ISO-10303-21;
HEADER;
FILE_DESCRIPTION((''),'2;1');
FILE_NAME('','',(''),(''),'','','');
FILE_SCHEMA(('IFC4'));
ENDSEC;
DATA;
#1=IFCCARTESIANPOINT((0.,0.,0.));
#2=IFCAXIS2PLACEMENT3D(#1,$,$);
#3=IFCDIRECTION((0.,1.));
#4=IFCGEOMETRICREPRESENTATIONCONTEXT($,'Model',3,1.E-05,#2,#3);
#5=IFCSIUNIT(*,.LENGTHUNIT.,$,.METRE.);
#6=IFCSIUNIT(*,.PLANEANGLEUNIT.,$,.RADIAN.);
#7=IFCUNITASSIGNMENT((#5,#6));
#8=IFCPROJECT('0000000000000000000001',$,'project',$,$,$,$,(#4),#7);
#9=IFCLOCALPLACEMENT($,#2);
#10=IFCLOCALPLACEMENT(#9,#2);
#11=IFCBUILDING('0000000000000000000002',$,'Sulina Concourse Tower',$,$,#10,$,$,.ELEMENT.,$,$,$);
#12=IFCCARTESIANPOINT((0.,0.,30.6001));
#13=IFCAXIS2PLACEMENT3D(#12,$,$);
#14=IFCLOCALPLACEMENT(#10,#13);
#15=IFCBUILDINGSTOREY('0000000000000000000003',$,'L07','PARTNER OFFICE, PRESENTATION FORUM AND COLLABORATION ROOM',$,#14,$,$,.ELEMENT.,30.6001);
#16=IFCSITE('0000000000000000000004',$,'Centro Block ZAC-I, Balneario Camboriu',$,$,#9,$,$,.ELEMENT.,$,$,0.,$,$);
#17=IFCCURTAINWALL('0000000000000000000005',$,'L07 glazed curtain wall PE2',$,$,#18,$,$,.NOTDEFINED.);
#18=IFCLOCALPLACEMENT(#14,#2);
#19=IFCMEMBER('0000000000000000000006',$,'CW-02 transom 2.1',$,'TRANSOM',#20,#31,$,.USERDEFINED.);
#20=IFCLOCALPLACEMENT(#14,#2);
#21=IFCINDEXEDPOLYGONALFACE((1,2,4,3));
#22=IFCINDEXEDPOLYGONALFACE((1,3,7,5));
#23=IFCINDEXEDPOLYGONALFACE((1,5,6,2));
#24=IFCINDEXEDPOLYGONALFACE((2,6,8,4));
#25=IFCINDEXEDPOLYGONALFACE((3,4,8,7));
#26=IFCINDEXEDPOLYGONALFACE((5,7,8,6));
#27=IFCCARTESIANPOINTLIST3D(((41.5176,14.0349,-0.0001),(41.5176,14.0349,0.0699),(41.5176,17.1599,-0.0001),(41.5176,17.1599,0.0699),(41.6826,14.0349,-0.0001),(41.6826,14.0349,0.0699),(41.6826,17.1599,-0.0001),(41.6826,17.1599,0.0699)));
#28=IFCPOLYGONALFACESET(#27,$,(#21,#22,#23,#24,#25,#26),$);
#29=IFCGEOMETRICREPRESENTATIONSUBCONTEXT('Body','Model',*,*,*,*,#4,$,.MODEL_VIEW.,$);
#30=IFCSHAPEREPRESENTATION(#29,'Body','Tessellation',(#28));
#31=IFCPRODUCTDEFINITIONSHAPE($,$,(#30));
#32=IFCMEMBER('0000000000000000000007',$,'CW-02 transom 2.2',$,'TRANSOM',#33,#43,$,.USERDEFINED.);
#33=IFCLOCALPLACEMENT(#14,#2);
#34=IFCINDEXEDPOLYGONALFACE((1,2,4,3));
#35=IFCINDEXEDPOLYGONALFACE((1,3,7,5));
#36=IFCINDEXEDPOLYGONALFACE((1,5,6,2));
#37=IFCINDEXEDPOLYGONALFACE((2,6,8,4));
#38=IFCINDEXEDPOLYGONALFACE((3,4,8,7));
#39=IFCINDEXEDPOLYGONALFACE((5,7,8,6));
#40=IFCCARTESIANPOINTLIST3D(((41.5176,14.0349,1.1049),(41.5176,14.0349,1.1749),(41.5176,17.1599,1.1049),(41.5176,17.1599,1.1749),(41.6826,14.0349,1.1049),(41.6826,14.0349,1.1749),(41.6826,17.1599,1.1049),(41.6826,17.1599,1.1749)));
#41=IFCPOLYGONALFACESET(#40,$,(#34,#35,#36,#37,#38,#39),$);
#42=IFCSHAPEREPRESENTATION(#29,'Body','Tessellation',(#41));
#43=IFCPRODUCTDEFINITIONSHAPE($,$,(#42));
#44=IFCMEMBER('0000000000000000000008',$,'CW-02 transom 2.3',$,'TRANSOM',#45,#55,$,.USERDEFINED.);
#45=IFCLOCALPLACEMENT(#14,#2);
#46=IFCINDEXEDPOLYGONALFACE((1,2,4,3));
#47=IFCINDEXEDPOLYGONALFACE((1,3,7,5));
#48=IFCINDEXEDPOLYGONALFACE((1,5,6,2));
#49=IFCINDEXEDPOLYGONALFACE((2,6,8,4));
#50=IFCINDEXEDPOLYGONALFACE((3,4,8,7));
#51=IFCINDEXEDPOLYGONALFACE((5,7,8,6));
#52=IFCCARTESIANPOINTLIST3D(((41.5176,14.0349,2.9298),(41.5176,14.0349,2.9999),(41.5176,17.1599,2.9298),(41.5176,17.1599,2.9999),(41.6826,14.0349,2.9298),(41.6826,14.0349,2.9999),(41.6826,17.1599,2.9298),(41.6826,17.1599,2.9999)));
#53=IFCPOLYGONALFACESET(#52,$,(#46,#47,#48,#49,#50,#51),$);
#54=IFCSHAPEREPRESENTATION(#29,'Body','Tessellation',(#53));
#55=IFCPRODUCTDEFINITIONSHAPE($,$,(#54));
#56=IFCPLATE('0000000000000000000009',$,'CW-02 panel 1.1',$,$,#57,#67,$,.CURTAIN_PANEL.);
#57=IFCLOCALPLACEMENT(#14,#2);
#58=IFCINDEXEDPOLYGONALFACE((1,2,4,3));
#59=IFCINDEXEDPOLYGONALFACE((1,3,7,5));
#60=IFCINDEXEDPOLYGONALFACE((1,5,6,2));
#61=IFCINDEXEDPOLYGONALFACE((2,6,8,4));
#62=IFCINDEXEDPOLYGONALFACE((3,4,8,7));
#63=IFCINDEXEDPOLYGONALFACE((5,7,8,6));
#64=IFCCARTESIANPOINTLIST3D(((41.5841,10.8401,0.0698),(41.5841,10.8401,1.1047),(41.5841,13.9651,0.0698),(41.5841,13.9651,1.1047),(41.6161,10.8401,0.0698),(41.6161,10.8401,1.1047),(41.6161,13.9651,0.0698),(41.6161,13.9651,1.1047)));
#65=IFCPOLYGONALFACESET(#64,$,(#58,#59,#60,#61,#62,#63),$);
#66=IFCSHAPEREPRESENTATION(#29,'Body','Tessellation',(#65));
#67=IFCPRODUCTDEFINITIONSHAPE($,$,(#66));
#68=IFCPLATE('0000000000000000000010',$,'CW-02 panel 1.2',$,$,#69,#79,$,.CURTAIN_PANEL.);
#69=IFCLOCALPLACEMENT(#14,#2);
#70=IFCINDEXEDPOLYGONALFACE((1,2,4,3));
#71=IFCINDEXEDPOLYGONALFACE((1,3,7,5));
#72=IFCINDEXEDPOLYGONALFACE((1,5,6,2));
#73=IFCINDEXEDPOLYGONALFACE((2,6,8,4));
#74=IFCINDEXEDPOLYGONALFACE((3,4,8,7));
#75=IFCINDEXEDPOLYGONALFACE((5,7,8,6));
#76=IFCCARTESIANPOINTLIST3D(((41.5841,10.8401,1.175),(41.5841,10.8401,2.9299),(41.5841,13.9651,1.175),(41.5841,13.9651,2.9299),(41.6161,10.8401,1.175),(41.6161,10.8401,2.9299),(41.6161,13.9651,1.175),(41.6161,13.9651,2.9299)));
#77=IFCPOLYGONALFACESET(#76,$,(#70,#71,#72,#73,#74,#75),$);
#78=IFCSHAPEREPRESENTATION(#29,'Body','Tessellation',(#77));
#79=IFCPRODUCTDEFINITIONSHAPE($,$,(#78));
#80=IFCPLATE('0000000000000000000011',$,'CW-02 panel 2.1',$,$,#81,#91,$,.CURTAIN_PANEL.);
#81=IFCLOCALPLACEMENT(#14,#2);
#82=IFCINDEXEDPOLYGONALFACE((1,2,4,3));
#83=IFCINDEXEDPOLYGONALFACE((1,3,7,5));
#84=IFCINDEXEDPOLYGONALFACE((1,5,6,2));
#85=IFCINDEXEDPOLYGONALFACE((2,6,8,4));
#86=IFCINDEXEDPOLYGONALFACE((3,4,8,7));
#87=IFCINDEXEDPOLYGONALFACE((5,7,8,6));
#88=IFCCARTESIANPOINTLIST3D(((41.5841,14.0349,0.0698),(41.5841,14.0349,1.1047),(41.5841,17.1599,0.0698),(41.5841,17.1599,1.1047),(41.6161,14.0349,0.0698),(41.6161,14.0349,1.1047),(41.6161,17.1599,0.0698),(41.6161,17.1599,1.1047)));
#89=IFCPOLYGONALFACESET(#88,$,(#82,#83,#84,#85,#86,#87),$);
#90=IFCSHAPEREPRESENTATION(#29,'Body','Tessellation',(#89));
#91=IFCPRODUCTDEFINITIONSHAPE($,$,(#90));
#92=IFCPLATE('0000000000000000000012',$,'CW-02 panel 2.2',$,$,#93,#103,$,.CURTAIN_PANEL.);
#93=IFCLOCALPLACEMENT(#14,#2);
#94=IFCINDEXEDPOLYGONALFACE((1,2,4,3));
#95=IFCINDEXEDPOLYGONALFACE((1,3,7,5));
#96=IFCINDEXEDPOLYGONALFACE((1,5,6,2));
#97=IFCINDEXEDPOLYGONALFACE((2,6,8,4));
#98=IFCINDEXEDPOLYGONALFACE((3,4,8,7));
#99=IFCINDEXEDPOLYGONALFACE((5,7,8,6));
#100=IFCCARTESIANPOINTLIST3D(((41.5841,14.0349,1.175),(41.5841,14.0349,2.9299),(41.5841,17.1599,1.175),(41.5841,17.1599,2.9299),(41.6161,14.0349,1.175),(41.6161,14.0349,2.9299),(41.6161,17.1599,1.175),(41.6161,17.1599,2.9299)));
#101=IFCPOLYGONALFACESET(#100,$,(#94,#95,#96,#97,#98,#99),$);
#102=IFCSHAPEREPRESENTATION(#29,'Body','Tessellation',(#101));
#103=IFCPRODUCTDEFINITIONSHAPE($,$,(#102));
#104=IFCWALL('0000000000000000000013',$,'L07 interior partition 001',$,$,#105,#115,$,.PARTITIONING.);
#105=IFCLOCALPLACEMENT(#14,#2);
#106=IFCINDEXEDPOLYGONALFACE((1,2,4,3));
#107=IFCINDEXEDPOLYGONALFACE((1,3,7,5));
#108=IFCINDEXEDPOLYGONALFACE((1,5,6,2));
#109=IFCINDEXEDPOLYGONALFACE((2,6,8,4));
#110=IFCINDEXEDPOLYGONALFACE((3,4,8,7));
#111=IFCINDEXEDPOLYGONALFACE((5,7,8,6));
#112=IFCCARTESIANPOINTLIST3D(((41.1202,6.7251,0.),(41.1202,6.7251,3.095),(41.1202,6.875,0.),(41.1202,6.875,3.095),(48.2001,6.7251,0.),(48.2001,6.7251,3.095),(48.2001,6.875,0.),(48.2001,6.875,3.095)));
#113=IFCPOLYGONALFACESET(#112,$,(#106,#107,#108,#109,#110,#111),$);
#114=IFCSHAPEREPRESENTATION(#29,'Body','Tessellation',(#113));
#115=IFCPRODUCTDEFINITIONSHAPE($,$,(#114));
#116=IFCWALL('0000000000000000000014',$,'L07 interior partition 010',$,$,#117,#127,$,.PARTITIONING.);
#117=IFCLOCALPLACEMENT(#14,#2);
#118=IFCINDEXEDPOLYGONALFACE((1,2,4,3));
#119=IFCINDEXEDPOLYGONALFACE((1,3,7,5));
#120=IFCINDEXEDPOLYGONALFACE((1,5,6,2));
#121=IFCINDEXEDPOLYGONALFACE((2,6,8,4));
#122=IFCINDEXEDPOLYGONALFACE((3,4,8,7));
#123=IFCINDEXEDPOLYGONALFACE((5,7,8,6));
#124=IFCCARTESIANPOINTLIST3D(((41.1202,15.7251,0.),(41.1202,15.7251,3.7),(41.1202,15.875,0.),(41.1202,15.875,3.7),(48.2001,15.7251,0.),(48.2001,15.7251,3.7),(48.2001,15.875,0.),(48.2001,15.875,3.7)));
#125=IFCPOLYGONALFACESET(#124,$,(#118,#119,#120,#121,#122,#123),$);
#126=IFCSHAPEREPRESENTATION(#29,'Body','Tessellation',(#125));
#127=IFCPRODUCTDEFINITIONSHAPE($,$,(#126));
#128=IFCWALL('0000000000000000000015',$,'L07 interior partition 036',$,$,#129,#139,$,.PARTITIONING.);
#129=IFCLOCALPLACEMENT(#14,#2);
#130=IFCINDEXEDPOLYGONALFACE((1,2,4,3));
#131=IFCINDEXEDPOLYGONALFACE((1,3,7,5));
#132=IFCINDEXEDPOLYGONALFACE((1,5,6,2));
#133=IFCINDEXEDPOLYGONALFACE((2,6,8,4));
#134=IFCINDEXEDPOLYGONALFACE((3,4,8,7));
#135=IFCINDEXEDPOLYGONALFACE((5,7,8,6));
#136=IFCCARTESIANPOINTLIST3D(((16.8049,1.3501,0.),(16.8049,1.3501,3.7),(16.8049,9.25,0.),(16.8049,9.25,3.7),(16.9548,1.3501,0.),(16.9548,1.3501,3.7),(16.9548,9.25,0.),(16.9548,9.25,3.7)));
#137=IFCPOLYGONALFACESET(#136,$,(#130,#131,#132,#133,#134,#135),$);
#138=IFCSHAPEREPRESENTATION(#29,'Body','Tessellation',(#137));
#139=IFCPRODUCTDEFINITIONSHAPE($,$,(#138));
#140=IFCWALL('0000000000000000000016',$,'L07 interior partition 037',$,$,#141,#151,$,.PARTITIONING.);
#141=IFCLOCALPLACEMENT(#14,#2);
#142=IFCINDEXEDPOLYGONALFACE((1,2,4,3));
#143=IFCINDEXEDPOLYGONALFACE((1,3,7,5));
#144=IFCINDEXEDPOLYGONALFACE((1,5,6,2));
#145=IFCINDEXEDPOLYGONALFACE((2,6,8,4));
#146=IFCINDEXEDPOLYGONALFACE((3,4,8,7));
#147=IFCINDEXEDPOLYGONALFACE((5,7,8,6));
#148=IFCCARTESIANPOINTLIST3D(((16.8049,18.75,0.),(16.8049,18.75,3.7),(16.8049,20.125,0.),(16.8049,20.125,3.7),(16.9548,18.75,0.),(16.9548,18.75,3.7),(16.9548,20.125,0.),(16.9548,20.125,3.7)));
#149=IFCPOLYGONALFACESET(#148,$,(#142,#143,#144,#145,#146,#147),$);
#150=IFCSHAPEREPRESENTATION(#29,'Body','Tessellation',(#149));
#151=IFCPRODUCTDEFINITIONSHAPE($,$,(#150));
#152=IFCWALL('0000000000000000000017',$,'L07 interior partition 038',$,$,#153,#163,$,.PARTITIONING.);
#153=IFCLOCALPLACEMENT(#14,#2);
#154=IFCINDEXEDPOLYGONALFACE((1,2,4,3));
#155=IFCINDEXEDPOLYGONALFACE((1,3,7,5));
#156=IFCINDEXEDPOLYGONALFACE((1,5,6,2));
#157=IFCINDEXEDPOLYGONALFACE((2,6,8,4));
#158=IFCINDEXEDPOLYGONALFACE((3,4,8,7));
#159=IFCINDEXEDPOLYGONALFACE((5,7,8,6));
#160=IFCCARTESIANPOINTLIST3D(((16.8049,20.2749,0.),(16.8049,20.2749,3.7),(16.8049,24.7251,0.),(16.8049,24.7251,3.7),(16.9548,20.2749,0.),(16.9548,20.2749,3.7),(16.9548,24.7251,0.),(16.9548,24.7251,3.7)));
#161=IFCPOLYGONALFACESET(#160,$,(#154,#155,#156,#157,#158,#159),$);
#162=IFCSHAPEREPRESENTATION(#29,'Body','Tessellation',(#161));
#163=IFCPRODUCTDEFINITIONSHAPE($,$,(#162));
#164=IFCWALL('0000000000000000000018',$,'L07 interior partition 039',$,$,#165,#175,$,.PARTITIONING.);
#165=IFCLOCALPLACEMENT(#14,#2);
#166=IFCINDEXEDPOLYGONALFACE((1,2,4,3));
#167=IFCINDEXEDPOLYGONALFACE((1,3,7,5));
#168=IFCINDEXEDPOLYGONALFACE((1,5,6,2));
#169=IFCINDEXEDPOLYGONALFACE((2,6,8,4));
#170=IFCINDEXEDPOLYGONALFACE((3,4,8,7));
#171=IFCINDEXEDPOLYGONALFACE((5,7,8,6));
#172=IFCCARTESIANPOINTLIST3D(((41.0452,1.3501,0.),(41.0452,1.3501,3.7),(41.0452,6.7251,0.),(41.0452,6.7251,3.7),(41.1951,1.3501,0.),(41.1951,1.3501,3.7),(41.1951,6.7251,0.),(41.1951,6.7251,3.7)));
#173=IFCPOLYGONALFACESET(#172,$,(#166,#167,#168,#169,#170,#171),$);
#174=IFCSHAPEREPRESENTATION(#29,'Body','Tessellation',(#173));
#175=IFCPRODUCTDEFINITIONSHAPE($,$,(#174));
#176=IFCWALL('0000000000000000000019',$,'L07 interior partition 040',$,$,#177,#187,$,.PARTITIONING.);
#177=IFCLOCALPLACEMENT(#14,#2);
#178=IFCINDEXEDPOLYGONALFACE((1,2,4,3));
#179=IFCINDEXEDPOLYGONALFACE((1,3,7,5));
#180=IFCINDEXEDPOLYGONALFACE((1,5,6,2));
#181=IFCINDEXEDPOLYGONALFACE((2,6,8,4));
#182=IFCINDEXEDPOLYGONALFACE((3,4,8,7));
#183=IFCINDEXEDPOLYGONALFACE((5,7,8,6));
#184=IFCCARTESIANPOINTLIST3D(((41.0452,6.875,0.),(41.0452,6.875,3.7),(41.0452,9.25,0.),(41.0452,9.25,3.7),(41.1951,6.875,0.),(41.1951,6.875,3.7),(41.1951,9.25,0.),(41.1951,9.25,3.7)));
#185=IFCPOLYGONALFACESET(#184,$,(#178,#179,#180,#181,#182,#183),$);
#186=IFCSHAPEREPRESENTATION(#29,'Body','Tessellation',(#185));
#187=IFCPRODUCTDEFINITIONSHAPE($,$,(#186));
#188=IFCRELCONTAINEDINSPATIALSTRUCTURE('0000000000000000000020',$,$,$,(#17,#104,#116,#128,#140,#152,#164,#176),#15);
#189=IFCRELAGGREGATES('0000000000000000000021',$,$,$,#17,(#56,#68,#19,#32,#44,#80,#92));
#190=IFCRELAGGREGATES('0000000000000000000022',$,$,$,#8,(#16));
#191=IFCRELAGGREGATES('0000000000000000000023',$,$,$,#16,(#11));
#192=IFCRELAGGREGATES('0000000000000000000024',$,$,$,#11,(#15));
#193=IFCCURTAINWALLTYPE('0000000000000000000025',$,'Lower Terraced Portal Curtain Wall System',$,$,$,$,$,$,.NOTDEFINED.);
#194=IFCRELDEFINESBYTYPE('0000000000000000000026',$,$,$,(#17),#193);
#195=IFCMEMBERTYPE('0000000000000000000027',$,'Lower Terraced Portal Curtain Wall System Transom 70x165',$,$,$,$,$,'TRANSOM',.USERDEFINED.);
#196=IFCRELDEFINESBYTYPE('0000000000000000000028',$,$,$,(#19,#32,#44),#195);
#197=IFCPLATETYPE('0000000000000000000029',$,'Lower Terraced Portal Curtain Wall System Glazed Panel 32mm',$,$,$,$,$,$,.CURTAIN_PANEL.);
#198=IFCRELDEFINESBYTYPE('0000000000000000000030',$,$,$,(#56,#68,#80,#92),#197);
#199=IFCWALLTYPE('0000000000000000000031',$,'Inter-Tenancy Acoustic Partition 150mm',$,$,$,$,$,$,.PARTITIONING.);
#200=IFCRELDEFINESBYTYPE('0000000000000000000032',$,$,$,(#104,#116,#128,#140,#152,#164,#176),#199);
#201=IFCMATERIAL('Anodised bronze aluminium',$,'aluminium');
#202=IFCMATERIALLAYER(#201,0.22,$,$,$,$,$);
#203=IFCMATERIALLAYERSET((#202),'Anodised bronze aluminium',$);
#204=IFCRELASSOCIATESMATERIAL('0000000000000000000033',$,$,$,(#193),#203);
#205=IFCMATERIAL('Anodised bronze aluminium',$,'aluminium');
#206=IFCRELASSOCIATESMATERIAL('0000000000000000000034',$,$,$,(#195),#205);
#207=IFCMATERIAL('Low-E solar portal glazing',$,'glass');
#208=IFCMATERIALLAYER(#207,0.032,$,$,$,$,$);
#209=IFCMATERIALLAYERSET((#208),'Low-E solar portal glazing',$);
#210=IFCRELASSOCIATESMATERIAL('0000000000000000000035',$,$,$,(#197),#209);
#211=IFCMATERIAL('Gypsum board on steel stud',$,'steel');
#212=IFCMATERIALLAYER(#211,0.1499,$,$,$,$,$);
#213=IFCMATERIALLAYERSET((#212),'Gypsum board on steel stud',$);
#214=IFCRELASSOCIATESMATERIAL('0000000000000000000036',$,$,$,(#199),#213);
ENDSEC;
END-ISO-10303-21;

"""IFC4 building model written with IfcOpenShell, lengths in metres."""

from ifc_helpers import new_model, si_unit, direction, frame, frame_2d, origin, origin_2d, place, context, subcontext, project, spatial, rectangle, extrude, material, layer, layer_set, material_profile, profile_set, type_object, element, aggregate, save


model = new_model("IFC4")

# Units and contexts
model_context = context("Model", 3, precision=1e-05, world=origin(), true_north=direction((0.0, 1.0)))
body_context = subcontext(model_context, "Body", "Model", "MODEL_VIEW")
ifc_project = project(units=[si_unit("LENGTHUNIT", "METRE"), si_unit("PLANEANGLEUNIT", "RADIAN")], contexts=[model_context])

# Site, building, storey
site_placement = place(None, origin())
site = spatial("IfcSite", under=ifc_project, at=site_placement, Name="Centro Block ZAC-I, Balneario Camboriu", CompositionType="ELEMENT", RefElevation=0.0)
building_placement = place(site_placement, origin())
building = spatial("IfcBuilding", under=site, at=building_placement, Name="Sulina Concourse Tower", CompositionType="ELEMENT")
storey_placement = place(building_placement, frame((0.0, 0.0, 30.6001)))
storey = spatial("IfcBuildingStorey", under=building, at=storey_placement, Name="L07", Description="PARTNER OFFICE, PRESENTATION FORUM AND COLLABORATION ROOM", CompositionType="ELEMENT", Elevation=30.6001)

# Curtain wall, members, plates
ifc_material_1 = material(Name="Anodised bronze aluminium", Category="aluminium")
ifc_layer_1 = layer(ifc_material_1, 0.22)
ifc_layer_set_1 = layer_set([ifc_layer_1], Name="Anodised bronze aluminium")
curtain_wall_type = type_object("IfcCurtainWallType", Name="Lower Terraced Portal Curtain Wall System", PredefinedType="NOTDEFINED", material=ifc_layer_set_1)
curtain_wall_placement = place(storey_placement, origin())
curtain_wall = element("IfcCurtainWall", 1, at=curtain_wall_placement, inside=storey, type_object=curtain_wall_type, Name="L07 glazed curtain wall PE2", PredefinedType="NOTDEFINED")
ifc_material_2 = material(Name="Anodised bronze aluminium", Category="aluminium")
ifc_material_profile_1 = material_profile(ifc_material_2, rectangle(XDim=0.165, YDim=0.0701, at=origin_2d()), Name="TRN 70x165")
ifc_profile_set_1 = profile_set([ifc_material_profile_1], Name="Anodised bronze aluminium")
member_type_1 = type_object("IfcMemberType", Name="Lower Terraced Portal Curtain Wall System Transom 70x165", ElementType="TRANSOM", PredefinedType="USERDEFINED", material=ifc_profile_set_1)
member_1_placement = place(storey_placement, frame((41.6001, 14.0349, 0.0349), z_axis=(0.0, 1.0, 0.0), x_axis=(-1.0, 0.0, 0.0)))
member_1 = element("IfcMember", 2, at=member_1_placement, type_object=member_type_1, Name="CW-02 transom 2.1", ObjectType="TRANSOM", PredefinedType="USERDEFINED", context=body_context, shape_type="SweptSolid", body=[
    extrude(rectangle(XDim=0.165, YDim=0.0701, at=origin_2d()), origin(), (0.0, 0.0, 1.0), 3.125),
])
member_2_placement = place(storey_placement, frame((41.6001, 14.0349, 1.1399), z_axis=(0.0, 1.0, 0.0), x_axis=(-1.0, 0.0, 0.0)))
member_2 = element("IfcMember", 3, at=member_2_placement, type_object=member_type_1, Name="CW-02 transom 2.2", ObjectType="TRANSOM", PredefinedType="USERDEFINED", context=body_context, shape_type="SweptSolid", body=[
    extrude(rectangle(XDim=0.165, YDim=0.0701, at=origin_2d()), origin(), (0.0, 0.0, 1.0), 3.125),
])
member_3_placement = place(storey_placement, frame((41.6001, 14.0349, 2.9648), z_axis=(0.0, 1.0, 0.0), x_axis=(-1.0, 0.0, 0.0)))
member_3 = element("IfcMember", 4, at=member_3_placement, type_object=member_type_1, Name="CW-02 transom 2.3", ObjectType="TRANSOM", PredefinedType="USERDEFINED", context=body_context, shape_type="SweptSolid", body=[
    extrude(rectangle(XDim=0.165, YDim=0.0701, at=origin_2d()), origin(), (0.0, 0.0, 1.0), 3.125),
])
ifc_material_3 = material(Name="Low-E solar portal glazing", Category="glass")
ifc_layer_2 = layer(ifc_material_3, 0.032)
ifc_layer_set_2 = layer_set([ifc_layer_2], Name="Low-E solar portal glazing")
plate_type = type_object("IfcPlateType", Name="Lower Terraced Portal Curtain Wall System Glazed Panel 32mm", PredefinedType="CURTAIN_PANEL", material=ifc_layer_set_2)
plate_1_placement = place(storey_placement, frame((41.6001, 12.4026, 0.0698), z_axis=(0.0, 0.0, 1.0), x_axis=(0.0, 1.0, 0.0)))
plate_1 = element("IfcPlate", 5, at=plate_1_placement, type_object=plate_type, Name="CW-02 panel 1.1", PredefinedType="CURTAIN_PANEL", context=body_context, shape_type="SweptSolid", body=[
    extrude(rectangle(XDim=3.125, YDim=0.032, at=origin_2d()), origin(), (0.0, 0.0, 1.0), 1.0349),
])
plate_2_placement = place(storey_placement, frame((41.6001, 12.4026, 1.175), z_axis=(0.0, 0.0, 1.0), x_axis=(0.0, 1.0, 0.0)))
plate_2 = element("IfcPlate", 6, at=plate_2_placement, type_object=plate_type, Name="CW-02 panel 1.2", PredefinedType="CURTAIN_PANEL", context=body_context, shape_type="SweptSolid", body=[
    extrude(rectangle(XDim=3.125, YDim=0.032, at=origin_2d()), origin(), (0.0, 0.0, 1.0), 1.7549),
])
plate_3_placement = place(storey_placement, frame((41.6001, 15.5974, 0.0698), z_axis=(0.0, 0.0, 1.0), x_axis=(0.0, 1.0, 0.0)))
plate_3 = element("IfcPlate", 7, at=plate_3_placement, type_object=plate_type, Name="CW-02 panel 2.1", PredefinedType="CURTAIN_PANEL", context=body_context, shape_type="SweptSolid", body=[
    extrude(rectangle(XDim=3.125, YDim=0.032, at=origin_2d()), origin(), (0.0, 0.0, 1.0), 1.0349),
])
plate_4_placement = place(storey_placement, frame((41.6001, 15.5974, 1.175), z_axis=(0.0, 0.0, 1.0), x_axis=(0.0, 1.0, 0.0)))
plate_4 = element("IfcPlate", 8, at=plate_4_placement, type_object=plate_type, Name="CW-02 panel 2.2", PredefinedType="CURTAIN_PANEL", context=body_context, shape_type="SweptSolid", body=[
    extrude(rectangle(XDim=3.125, YDim=0.032, at=origin_2d()), origin(), (0.0, 0.0, 1.0), 1.7549),
])
aggregate(curtain_wall, [plate_1, plate_2, member_1, member_2, member_3, plate_3, plate_4])

# Walls
ifc_material_4 = material(Name="Gypsum board on steel stud", Category="steel")
ifc_layer_3 = layer(ifc_material_4, 0.1499)
ifc_layer_set_3 = layer_set([ifc_layer_3], Name="Gypsum board on steel stud")
wall_type_1 = type_object("IfcWallType", Name="Inter-Tenancy Acoustic Partition 150mm", PredefinedType="PARTITIONING", material=ifc_layer_set_3)
wall_1_placement = place(storey_placement, frame((41.1201, 6.8, 0.0), z_axis=(0.0, 0.0, 1.0), x_axis=(1.0, 0.0, 0.0)))
element("IfcWall", 9, at=wall_1_placement, inside=storey, type_object=wall_type_1, Name="L07 interior partition 001", PredefinedType="PARTITIONING", context=body_context, shape_type="SweptSolid", body=[
    extrude(rectangle(XDim=7.0798, YDim=0.1499, at=frame_2d((3.54, 0.0))), origin(), (0.0, 0.0, 1.0), 3.095),
])
wall_2_placement = place(storey_placement, frame((41.1201, 15.8, 0.0), z_axis=(0.0, 0.0, 1.0), x_axis=(1.0, 0.0, 0.0)))
element("IfcWall", 10, at=wall_2_placement, inside=storey, type_object=wall_type_1, Name="L07 interior partition 010", PredefinedType="PARTITIONING", context=body_context, shape_type="SweptSolid", body=[
    extrude(rectangle(XDim=7.0798, YDim=0.1499, at=frame_2d((3.54, 0.0))), origin(), (0.0, 0.0, 1.0), 3.7),
])
wall_3_placement = place(storey_placement, frame((16.8799, 1.3501, 0.0), z_axis=(0.0, 0.0, 1.0), x_axis=(0.0, 1.0, 0.0)))
element("IfcWall", 11, at=wall_3_placement, inside=storey, type_object=wall_type_1, Name="L07 interior partition 036", PredefinedType="PARTITIONING", context=body_context, shape_type="SweptSolid", body=[
    extrude(rectangle(XDim=7.8999, YDim=0.1499, at=frame_2d((3.95, 0.0))), origin(), (0.0, 0.0, 1.0), 3.7),
])
wall_4_placement = place(storey_placement, frame((16.8799, 18.75, 0.0), z_axis=(0.0, 0.0, 1.0), x_axis=(0.0, 1.0, 0.0)))
element("IfcWall", 12, at=wall_4_placement, inside=storey, type_object=wall_type_1, Name="L07 interior partition 037", PredefinedType="PARTITIONING", context=body_context, shape_type="SweptSolid", body=[
    extrude(rectangle(XDim=1.375, YDim=0.1499, at=frame_2d((0.6875, 0.0))), origin(), (0.0, 0.0, 1.0), 3.7),
])
wall_5_placement = place(storey_placement, frame((16.8799, 20.2749, 0.0), z_axis=(0.0, 0.0, 1.0), x_axis=(0.0, 1.0, 0.0)))
element("IfcWall", 13, at=wall_5_placement, inside=storey, type_object=wall_type_1, Name="L07 interior partition 038", PredefinedType="PARTITIONING", context=body_context, shape_type="SweptSolid", body=[
    extrude(rectangle(XDim=4.4502, YDim=0.1499, at=frame_2d((2.2251, 0.0))), origin(), (0.0, 0.0, 1.0), 3.7),
])
wall_6_placement = place(storey_placement, frame((41.1201, 1.3501, 0.0), z_axis=(0.0, 0.0, 1.0), x_axis=(0.0, 1.0, 0.0)))
element("IfcWall", 14, at=wall_6_placement, inside=storey, type_object=wall_type_1, Name="L07 interior partition 039", PredefinedType="PARTITIONING", context=body_context, shape_type="SweptSolid", body=[
    extrude(rectangle(XDim=5.375, YDim=0.1499, at=frame_2d((2.6875, 0.0))), origin(), (0.0, 0.0, 1.0), 3.7),
])
wall_7_placement = place(storey_placement, frame((41.1201, 6.875, 0.0), z_axis=(0.0, 0.0, 1.0), x_axis=(0.0, 1.0, 0.0)))
element("IfcWall", 15, at=wall_7_placement, inside=storey, type_object=wall_type_1, Name="L07 interior partition 040", PredefinedType="PARTITIONING", context=body_context, shape_type="SweptSolid", body=[
    extrude(rectangle(XDim=2.375, YDim=0.1499, at=frame_2d((1.1875, 0.0))), origin(), (0.0, 0.0, 1.0), 3.7),
])

save(model, "model.ifc")
